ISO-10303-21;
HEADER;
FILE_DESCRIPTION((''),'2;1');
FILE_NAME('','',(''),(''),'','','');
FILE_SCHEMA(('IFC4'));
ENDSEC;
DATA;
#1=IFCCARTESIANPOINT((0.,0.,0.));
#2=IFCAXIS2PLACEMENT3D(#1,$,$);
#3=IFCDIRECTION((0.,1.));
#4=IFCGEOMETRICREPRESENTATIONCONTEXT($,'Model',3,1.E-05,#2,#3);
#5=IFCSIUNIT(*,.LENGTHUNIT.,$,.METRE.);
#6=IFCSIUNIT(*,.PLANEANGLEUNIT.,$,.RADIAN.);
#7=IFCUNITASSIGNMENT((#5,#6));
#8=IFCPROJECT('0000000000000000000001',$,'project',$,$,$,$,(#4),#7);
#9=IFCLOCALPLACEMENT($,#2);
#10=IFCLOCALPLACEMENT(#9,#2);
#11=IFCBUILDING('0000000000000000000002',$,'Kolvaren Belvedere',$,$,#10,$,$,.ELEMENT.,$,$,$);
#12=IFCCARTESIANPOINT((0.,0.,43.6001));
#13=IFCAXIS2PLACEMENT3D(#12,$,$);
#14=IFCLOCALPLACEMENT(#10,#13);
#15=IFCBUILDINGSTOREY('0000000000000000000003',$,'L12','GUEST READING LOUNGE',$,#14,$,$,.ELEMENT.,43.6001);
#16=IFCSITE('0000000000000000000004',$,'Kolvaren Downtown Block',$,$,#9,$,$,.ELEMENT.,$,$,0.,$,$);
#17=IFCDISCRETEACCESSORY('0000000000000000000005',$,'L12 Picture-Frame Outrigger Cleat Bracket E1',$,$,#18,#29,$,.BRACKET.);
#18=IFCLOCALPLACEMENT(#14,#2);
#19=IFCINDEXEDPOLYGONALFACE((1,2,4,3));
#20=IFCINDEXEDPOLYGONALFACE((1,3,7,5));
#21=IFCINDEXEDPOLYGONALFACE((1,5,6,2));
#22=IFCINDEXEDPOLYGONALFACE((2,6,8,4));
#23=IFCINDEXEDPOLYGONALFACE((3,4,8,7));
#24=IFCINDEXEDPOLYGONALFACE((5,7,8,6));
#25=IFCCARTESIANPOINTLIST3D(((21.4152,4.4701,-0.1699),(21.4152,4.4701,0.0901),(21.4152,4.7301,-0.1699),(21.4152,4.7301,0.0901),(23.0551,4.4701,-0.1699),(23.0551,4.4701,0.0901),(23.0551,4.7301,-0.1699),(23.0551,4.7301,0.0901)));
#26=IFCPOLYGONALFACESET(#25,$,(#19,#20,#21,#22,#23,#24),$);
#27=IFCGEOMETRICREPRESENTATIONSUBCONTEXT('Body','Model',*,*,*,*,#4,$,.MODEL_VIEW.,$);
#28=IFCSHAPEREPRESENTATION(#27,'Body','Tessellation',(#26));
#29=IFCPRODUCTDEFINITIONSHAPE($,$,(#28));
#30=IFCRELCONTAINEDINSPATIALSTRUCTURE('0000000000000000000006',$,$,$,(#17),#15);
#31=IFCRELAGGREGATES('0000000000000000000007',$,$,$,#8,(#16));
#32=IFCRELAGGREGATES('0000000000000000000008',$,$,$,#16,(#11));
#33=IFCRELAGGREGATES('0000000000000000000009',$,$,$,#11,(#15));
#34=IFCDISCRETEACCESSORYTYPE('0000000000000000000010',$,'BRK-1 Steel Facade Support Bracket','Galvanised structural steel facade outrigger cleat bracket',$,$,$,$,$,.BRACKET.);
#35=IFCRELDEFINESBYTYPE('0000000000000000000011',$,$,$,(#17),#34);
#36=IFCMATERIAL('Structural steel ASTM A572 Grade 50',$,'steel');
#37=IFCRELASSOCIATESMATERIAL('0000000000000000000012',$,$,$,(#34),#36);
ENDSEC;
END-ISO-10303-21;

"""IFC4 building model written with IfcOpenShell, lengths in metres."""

from ifc_helpers import new_model, si_unit, direction, frame, origin, origin_2d, place, context, subcontext, project, spatial, rectangle, extrude, material, type_object, element, save


model = new_model("IFC4")

# Units and contexts
model_context = context("Model", 3, precision=1e-05, world=origin(), true_north=direction((0.0, 1.0)))
body_context = subcontext(model_context, "Body", "Model", "MODEL_VIEW")
ifc_project = project(units=[si_unit("LENGTHUNIT", "METRE"), si_unit("PLANEANGLEUNIT", "RADIAN")], contexts=[model_context])

# Site, building, storey
site_placement = place(None, origin())
site = spatial("IfcSite", under=ifc_project, at=site_placement, Name="Kolvaren Downtown Block", CompositionType="ELEMENT", RefElevation=0.0)
building_placement = place(site_placement, origin())
building = spatial("IfcBuilding", under=site, at=building_placement, Name="Kolvaren Belvedere", CompositionType="ELEMENT")
storey_placement = place(building_placement, frame((0.0, 0.0, 43.6001)))
storey = spatial("IfcBuildingStorey", under=building, at=storey_placement, Name="L12", Description="GUEST READING LOUNGE", CompositionType="ELEMENT", Elevation=43.6001)

# Discrete accessory
ifc_material_1 = material(Name="Structural steel ASTM A572 Grade 50", Category="steel")
discrete_accessory_type = type_object("IfcDiscreteAccessoryType", Name="BRK-1 Steel Facade Support Bracket", Description="Galvanised structural steel facade outrigger cleat bracket", PredefinedType="BRACKET", material=ifc_material_1)
discrete_accessory_placement = place(storey_placement, frame((22.2351, 4.6001, -0.1699), z_axis=(0.0, 0.0, 1.0), x_axis=(1.0, 0.0, 0.0)))
element("IfcDiscreteAccessory", 1, at=discrete_accessory_placement, inside=storey, type_object=discrete_accessory_type, Name="L12 Picture-Frame Outrigger Cleat Bracket E1", PredefinedType="BRACKET", context=body_context, shape_type="SweptSolid", body=[
    extrude(rectangle(XDim=1.6399, YDim=0.26, at=origin_2d()), origin(), (0.0, 0.0, 1.0), 0.26),
])

save(model, "model.ifc")
